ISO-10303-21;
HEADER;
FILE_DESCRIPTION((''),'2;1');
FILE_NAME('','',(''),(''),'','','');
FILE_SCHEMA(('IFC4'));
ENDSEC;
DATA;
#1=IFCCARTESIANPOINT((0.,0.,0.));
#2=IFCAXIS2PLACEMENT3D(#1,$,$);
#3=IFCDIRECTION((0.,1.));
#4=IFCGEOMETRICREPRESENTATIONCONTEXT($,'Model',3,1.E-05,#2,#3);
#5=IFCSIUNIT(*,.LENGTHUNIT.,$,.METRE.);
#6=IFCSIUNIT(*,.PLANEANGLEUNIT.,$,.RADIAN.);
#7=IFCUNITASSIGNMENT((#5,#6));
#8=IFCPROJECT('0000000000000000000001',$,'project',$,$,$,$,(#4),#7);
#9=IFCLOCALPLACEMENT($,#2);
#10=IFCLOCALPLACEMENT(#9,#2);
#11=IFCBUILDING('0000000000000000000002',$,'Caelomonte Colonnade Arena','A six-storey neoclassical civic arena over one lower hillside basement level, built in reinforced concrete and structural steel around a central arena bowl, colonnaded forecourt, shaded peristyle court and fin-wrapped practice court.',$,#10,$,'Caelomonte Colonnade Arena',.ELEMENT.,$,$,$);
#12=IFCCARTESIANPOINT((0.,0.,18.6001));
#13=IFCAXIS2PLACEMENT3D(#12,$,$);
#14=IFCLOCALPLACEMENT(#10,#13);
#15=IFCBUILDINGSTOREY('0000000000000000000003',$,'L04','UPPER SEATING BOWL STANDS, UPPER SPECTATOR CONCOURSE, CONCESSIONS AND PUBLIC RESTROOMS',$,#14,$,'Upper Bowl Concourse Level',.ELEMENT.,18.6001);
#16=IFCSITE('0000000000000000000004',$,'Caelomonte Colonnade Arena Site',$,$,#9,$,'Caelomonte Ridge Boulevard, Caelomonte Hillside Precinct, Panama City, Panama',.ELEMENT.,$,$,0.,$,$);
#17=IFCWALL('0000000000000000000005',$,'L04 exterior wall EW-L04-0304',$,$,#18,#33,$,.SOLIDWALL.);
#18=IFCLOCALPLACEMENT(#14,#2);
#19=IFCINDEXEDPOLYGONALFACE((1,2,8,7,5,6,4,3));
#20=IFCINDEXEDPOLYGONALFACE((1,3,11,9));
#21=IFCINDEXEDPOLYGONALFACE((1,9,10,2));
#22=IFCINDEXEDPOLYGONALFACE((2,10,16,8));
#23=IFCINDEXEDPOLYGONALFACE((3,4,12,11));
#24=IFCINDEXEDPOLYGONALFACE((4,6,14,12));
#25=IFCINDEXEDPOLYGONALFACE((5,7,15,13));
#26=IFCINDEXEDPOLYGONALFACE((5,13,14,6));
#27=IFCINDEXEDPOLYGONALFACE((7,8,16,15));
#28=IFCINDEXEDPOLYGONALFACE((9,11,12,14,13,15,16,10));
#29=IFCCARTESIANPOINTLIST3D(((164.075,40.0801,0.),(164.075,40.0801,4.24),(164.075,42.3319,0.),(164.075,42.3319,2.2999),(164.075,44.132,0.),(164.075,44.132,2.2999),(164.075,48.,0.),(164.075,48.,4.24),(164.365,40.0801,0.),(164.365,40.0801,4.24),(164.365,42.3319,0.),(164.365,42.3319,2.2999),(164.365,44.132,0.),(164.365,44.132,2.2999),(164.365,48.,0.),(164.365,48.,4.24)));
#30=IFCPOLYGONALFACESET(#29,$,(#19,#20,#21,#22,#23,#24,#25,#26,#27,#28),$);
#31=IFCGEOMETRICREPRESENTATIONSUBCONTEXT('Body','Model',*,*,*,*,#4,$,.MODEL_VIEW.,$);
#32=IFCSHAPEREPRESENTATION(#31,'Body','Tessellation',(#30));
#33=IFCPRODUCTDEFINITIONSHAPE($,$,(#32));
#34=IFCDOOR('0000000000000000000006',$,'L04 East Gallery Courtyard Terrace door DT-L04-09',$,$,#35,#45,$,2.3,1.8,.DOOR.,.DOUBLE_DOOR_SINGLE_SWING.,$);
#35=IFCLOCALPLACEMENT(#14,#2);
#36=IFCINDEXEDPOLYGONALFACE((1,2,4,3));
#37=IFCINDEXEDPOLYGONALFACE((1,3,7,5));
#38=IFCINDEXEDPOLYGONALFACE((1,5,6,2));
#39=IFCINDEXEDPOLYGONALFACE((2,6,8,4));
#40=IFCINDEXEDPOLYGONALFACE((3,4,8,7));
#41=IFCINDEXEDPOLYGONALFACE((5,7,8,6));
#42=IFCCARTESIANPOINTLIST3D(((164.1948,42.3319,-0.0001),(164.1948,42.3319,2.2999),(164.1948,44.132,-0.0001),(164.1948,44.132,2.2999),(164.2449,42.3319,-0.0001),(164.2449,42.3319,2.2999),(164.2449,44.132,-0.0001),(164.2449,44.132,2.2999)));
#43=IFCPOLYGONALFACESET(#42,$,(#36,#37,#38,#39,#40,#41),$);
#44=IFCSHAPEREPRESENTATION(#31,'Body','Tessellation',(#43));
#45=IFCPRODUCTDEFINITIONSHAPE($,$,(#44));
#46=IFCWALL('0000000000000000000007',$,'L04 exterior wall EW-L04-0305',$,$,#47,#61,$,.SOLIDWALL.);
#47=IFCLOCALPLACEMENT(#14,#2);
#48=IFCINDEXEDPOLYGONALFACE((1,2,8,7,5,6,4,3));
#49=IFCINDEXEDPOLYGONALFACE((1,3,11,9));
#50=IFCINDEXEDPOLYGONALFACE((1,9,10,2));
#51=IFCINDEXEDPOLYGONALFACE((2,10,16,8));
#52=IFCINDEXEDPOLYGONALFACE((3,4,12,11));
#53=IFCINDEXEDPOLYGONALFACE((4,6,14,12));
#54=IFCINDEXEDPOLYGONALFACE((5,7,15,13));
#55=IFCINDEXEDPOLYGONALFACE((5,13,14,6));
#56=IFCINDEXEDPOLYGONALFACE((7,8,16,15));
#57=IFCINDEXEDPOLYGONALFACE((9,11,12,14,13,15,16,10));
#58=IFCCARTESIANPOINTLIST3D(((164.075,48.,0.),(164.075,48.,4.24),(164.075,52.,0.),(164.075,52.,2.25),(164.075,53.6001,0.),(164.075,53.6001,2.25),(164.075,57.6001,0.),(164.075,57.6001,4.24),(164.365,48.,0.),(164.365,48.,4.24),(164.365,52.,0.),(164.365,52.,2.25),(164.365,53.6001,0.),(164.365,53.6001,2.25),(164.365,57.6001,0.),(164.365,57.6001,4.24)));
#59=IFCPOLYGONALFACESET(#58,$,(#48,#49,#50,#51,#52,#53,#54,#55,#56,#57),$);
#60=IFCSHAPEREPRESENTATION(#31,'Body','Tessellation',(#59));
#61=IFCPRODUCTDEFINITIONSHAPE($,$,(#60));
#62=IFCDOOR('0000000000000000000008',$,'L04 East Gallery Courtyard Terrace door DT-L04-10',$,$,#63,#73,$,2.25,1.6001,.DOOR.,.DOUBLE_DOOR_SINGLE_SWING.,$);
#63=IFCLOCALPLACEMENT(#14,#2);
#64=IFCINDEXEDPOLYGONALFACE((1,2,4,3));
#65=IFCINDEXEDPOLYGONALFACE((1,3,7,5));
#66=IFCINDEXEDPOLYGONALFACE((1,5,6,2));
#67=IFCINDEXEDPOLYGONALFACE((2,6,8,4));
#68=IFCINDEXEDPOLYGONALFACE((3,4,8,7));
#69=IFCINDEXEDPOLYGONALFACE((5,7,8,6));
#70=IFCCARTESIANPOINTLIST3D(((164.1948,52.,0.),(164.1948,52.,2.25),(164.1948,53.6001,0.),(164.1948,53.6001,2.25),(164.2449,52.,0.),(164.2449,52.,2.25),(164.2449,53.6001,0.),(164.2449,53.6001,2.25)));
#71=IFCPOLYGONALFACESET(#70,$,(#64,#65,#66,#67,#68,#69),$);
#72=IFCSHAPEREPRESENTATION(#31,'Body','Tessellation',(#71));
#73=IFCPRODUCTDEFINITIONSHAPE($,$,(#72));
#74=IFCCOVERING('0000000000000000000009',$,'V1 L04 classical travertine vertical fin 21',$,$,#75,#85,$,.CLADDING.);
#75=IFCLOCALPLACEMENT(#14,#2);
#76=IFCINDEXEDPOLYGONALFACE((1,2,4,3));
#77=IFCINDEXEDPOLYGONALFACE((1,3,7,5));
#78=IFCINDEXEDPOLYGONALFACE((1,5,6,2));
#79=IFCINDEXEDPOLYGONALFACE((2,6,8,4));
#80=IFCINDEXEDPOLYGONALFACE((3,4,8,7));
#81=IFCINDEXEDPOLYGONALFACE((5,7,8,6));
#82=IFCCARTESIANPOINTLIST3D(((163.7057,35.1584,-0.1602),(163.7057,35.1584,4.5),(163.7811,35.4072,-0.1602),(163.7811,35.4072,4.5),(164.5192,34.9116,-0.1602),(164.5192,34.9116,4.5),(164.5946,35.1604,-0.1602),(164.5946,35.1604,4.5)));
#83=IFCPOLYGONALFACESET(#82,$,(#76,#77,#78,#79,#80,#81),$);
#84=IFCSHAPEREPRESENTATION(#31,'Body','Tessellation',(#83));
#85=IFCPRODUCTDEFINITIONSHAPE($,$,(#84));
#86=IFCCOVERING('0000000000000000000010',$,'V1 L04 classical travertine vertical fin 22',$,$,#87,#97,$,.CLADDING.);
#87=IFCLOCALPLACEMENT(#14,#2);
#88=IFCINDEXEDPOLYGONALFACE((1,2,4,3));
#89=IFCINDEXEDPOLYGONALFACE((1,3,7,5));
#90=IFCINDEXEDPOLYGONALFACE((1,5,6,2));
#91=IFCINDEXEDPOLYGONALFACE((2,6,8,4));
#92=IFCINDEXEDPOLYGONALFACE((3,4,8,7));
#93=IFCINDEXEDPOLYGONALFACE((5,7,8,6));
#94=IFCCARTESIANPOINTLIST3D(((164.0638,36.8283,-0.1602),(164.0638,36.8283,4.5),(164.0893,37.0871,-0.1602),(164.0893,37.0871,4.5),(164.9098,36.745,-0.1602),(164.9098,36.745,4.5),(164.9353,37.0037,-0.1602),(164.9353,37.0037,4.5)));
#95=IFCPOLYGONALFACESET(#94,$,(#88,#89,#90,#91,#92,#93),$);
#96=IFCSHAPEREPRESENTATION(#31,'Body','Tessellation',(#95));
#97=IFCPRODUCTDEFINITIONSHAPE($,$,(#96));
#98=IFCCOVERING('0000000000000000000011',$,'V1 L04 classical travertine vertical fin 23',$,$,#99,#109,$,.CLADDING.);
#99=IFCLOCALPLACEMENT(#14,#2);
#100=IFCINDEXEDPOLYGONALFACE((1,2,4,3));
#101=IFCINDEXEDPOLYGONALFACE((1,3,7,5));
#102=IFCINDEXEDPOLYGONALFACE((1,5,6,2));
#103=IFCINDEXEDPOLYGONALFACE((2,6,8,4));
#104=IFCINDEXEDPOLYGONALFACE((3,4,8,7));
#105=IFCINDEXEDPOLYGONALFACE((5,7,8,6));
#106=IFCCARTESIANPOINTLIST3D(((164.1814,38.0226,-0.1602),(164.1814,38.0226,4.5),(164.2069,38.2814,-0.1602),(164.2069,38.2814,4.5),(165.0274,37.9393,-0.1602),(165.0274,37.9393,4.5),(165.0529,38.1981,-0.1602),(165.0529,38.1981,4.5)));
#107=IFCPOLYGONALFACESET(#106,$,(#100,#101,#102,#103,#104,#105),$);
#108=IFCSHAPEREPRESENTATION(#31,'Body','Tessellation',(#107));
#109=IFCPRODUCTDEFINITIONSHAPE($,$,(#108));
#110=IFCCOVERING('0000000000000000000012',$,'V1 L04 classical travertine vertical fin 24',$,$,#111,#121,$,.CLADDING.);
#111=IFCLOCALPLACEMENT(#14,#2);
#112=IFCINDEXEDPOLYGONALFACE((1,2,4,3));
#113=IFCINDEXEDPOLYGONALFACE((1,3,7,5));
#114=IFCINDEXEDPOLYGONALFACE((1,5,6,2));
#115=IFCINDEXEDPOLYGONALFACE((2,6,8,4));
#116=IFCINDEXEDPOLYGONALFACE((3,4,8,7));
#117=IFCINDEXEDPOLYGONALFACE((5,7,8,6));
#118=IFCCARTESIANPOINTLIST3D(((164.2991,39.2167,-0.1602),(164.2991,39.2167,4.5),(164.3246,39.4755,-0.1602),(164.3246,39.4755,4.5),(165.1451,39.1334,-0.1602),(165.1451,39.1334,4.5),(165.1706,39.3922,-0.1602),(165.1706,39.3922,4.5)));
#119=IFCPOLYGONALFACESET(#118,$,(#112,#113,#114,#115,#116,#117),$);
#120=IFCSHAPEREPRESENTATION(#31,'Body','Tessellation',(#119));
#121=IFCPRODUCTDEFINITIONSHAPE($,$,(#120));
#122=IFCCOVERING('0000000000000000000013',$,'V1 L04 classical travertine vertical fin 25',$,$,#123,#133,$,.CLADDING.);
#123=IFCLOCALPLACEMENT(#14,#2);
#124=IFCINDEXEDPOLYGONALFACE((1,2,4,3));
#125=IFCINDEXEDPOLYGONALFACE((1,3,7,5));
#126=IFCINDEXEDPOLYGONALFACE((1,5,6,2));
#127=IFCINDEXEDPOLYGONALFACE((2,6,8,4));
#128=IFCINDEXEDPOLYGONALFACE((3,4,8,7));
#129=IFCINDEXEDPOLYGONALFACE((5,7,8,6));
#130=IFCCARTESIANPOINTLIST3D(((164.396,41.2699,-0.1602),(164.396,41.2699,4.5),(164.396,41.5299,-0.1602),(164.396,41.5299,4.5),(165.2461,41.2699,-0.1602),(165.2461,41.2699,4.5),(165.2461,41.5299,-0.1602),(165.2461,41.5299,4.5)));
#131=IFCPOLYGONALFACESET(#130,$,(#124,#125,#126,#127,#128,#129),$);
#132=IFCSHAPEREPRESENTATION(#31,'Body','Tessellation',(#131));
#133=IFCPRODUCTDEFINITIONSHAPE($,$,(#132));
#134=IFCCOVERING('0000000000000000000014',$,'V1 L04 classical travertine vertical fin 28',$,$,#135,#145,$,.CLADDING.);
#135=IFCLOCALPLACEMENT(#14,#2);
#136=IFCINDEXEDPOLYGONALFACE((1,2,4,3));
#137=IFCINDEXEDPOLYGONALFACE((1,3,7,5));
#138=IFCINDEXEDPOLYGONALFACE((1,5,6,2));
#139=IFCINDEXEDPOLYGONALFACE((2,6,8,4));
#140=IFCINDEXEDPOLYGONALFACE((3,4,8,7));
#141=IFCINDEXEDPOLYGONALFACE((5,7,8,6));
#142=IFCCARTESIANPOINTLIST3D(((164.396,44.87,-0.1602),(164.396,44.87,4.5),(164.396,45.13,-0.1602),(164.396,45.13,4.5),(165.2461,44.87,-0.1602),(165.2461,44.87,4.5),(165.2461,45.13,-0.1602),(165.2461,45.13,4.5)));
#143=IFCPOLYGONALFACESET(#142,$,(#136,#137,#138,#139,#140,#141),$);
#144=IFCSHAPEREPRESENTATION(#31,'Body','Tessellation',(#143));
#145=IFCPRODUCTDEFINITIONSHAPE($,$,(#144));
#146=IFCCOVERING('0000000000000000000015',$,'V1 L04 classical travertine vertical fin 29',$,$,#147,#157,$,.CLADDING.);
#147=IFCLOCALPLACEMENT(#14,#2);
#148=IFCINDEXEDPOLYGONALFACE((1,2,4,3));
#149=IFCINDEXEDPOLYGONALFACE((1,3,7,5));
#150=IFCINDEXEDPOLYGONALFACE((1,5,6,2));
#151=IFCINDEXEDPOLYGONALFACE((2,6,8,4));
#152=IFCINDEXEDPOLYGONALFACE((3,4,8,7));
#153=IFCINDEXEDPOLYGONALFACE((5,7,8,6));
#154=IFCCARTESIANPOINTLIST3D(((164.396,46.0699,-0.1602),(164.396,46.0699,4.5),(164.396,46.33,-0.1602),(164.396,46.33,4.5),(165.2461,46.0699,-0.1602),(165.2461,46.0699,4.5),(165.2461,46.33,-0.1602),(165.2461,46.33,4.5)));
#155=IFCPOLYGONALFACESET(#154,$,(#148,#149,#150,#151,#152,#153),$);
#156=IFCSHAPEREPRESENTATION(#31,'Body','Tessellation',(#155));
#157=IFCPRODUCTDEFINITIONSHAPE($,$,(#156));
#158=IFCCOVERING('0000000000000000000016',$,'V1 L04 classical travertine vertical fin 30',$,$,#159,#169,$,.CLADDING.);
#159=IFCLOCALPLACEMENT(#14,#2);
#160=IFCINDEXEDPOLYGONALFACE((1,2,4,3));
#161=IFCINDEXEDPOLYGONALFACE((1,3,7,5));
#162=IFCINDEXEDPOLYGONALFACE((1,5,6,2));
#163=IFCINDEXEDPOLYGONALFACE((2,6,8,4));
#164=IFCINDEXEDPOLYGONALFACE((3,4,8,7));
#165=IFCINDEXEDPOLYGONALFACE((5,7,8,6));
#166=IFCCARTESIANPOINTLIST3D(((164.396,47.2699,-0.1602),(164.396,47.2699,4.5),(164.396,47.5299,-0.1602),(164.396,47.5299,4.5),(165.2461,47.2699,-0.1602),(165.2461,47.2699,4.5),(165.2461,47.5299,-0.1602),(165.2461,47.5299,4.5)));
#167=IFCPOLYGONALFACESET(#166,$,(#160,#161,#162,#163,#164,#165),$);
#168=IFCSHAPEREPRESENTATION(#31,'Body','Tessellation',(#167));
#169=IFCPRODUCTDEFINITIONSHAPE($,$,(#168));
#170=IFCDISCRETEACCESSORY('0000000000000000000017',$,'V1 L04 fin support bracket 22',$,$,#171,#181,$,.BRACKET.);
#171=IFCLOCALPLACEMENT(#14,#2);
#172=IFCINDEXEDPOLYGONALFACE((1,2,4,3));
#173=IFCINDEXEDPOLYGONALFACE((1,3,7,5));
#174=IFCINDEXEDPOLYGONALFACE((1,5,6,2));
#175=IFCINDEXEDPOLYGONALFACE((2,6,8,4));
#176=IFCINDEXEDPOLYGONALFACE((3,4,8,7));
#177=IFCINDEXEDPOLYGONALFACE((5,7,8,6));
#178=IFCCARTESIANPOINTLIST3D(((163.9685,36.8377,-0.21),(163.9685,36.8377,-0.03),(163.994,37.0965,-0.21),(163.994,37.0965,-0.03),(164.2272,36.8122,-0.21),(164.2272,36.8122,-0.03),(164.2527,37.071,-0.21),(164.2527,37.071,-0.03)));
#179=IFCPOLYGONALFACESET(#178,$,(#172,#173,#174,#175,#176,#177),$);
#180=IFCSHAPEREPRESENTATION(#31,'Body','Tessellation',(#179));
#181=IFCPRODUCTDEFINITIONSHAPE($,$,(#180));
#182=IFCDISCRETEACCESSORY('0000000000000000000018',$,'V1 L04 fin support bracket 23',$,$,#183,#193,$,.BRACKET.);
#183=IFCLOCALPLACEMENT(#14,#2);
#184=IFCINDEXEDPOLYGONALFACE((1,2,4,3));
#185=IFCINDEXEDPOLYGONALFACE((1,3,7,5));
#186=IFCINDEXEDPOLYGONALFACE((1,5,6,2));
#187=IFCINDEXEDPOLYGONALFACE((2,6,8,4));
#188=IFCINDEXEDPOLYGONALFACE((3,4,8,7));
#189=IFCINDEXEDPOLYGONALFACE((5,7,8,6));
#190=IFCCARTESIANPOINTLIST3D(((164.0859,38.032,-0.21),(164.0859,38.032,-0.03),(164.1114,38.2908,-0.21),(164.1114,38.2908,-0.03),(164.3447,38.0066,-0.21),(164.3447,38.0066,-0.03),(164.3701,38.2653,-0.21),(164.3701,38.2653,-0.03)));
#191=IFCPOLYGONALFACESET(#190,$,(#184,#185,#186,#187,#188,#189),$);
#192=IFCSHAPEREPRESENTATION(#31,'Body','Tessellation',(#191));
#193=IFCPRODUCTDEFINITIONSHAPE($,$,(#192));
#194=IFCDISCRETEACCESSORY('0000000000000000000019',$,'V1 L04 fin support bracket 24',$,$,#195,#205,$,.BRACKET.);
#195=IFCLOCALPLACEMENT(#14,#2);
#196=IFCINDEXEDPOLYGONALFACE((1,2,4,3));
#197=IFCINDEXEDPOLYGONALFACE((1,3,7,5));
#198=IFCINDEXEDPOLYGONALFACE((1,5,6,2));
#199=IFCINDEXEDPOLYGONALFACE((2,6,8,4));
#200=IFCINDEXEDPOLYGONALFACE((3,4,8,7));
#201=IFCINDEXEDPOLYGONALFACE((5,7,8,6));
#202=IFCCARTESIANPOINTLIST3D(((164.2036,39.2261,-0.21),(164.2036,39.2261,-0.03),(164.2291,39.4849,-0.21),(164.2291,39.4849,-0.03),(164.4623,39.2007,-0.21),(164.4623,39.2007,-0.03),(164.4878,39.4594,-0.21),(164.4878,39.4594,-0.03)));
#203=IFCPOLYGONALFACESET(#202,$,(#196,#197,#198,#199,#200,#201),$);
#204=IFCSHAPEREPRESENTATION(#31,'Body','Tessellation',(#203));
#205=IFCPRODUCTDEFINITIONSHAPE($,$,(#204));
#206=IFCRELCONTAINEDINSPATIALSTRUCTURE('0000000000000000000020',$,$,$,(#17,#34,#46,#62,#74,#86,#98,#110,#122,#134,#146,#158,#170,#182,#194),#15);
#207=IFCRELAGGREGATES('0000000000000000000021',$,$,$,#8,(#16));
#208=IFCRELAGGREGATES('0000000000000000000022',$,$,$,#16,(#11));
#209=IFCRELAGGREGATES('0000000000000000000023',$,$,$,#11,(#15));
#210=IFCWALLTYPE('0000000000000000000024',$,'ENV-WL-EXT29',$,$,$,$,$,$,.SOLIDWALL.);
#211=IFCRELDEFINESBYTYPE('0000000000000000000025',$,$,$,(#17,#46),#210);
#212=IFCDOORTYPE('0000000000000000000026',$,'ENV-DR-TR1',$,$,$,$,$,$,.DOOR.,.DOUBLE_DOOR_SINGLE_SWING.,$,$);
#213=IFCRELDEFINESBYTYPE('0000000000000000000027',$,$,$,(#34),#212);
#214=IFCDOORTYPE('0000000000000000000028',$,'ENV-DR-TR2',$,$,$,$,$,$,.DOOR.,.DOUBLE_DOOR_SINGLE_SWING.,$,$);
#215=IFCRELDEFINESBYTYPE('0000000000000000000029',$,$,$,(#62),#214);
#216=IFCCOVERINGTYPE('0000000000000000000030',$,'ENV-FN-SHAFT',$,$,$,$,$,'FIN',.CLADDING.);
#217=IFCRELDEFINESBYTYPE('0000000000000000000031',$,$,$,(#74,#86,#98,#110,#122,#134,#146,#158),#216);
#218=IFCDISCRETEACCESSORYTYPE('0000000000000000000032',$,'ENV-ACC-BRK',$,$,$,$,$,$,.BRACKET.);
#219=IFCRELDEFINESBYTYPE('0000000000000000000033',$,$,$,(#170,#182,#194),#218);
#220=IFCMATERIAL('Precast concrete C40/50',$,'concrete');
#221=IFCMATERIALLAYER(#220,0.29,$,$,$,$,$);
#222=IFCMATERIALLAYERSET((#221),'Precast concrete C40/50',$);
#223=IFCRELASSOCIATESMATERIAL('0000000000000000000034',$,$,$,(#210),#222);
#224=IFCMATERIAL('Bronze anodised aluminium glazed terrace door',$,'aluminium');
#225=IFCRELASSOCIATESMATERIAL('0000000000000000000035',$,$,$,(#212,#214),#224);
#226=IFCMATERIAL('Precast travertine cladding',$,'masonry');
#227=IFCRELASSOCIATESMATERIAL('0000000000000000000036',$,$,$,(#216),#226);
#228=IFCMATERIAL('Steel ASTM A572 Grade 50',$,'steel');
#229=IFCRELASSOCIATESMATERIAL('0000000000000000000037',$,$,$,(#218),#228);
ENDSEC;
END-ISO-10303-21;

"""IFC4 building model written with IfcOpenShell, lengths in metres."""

from ifc_helpers import new_model, si_unit, direction, frame, frame_2d, origin, origin_2d, place, context, subcontext, project, spatial, rectangle, extrude, material, layer, layer_set, material_profile, profile_set, type_object, element, fill, save


model = new_model("IFC4")

# Units and contexts
model_context = context("Model", 3, precision=1e-05, world=origin(), true_north=direction((0.0, 1.0)))
body_context = subcontext(model_context, "Body", "Model", "MODEL_VIEW")
ifc_project = project(units=[si_unit("LENGTHUNIT", "METRE"), si_unit("PLANEANGLEUNIT", "RADIAN")], contexts=[model_context])

# Site, building, storey
site_placement = place(None, origin())
site = spatial("IfcSite", under=ifc_project, at=site_placement, Name="Caelomonte Colonnade Arena Site", LongName="Caelomonte Ridge Boulevard, Caelomonte Hillside Precinct, Panama City, Panama", CompositionType="ELEMENT", RefElevation=0.0)
building_placement = place(site_placement, origin())
building = spatial("IfcBuilding", under=site, at=building_placement, Name="Caelomonte Colonnade Arena", Description="A six-storey neoclassical civic arena over one lower hillside basement level, built in reinforced concrete and structural steel around a central arena bowl, colonnaded forecourt, shaded peristyle court and fin-wrapped practice court.", LongName="Caelomonte Colonnade Arena", CompositionType="ELEMENT")
storey_placement = place(building_placement, frame((0.0, 0.0, 18.6001)))
storey = spatial("IfcBuildingStorey", under=building, at=storey_placement, Name="L04", Description="UPPER SEATING BOWL STANDS, UPPER SPECTATOR CONCOURSE, CONCESSIONS AND PUBLIC RESTROOMS", LongName="Upper Bowl Concourse Level", CompositionType="ELEMENT", Elevation=18.6001)

# Walls, openings, doors
ifc_material_1 = material(Name="Precast concrete C40/50", Category="concrete")
ifc_layer_1 = layer(ifc_material_1, 0.29)
ifc_layer_set_1 = layer_set([ifc_layer_1], Name="Precast concrete C40/50")
wall_type = type_object("IfcWallType", Name="ENV-WL-EXT29", PredefinedType="SOLIDWALL", material=ifc_layer_set_1)
wall_1_placement = place(storey_placement, frame((164.22, 40.0801, 0.0), z_axis=(0.0, 0.0, 1.0), x_axis=(0.0, 1.0, 0.0)))
wall_1 = element("IfcWall", 1, at=wall_1_placement, inside=storey, type_object=wall_type, Name="L04 exterior wall EW-L04-0304", PredefinedType="SOLIDWALL", context=body_context, shape_type="SweptSolid", body=[
    extrude(rectangle(XDim=7.9199, YDim=0.29, at=frame_2d((3.96, 0.0))), origin(), (0.0, 0.0, 1.0), 4.24),
])
opening_1_placement = place(wall_1_placement, frame((4.0518, 0.0, 0.0), z_axis=(0.0, 0.0, 1.0), x_axis=(-1.0, 0.0, 0.0)))
opening_1 = element("IfcOpeningElement", 2, at=opening_1_placement, cuts=wall_1, PredefinedType="OPENING", context=body_context, shape_type="SweptSolid", body=[
    extrude(rectangle(XDim=1.8, YDim=2.3, at=frame_2d((0.8999, 1.1499))), frame((0.0, 0.155, 0.0), z_axis=(0.0, -1.0, 0.0), x_axis=(1.0, 0.0, 0.0)), (0.0, 0.0, 1.0), 0.3101),
])
ifc_material_2 = material(Name="Bronze anodised aluminium glazed terrace door", Category="aluminium")
door_type_1 = type_object("IfcDoorType", Name="ENV-DR-TR1", OperationType="DOUBLE_DOOR_SINGLE_SWING", PredefinedType="DOOR", material=ifc_material_2)
door_1_placement = place(opening_1_placement, origin())
door_1 = element("IfcDoor", 3, at=door_1_placement, inside=storey, type_object=door_type_1, Name="L04 East Gallery Courtyard Terrace door DT-L04-09", OperationType="DOUBLE_DOOR_SINGLE_SWING", OverallHeight=2.3, OverallWidth=1.8, PredefinedType="DOOR", context=body_context, shape_type="SweptSolid", body=[
    extrude(rectangle(XDim=1.8, YDim=2.3, at=frame_2d((0.8999, 1.1499))), frame((0.0, 0.0249, 0.0), z_axis=(0.0, -1.0, 0.0), x_axis=(1.0, 0.0, 0.0)), (0.0, 0.0, 1.0), 0.05),
])
fill(opening_1, door_1)
wall_2_placement = place(storey_placement, frame((164.22, 48.0, 0.0), z_axis=(0.0, 0.0, 1.0), x_axis=(0.0, 1.0, 0.0)))
wall_2 = element("IfcWall", 4, at=wall_2_placement, inside=storey, type_object=wall_type, Name="L04 exterior wall EW-L04-0305", PredefinedType="SOLIDWALL", context=body_context, shape_type="SweptSolid", body=[
    extrude(rectangle(XDim=9.6001, YDim=0.29, at=frame_2d((4.8, 0.0))), origin(), (0.0, 0.0, 1.0), 4.24),
])
opening_2_placement = place(wall_2_placement, frame((5.6001, 0.0, 0.0), z_axis=(0.0, 0.0, 1.0), x_axis=(-1.0, 0.0, 0.0)))
opening_2 = element("IfcOpeningElement", 5, at=opening_2_placement, cuts=wall_2, PredefinedType="OPENING", context=body_context, shape_type="SweptSolid", body=[
    extrude(rectangle(XDim=1.6001, YDim=2.25, at=frame_2d((0.8, 1.125))), frame((0.0, 0.155, 0.0), z_axis=(0.0, -1.0, 0.0), x_axis=(1.0, 0.0, 0.0)), (0.0, 0.0, 1.0), 0.3101),
])
door_type_2 = type_object("IfcDoorType", Name="ENV-DR-TR2", OperationType="DOUBLE_DOOR_SINGLE_SWING", PredefinedType="DOOR", material=ifc_material_2)
door_2_placement = place(opening_2_placement, origin())
door_2 = element("IfcDoor", 6, at=door_2_placement, inside=storey, type_object=door_type_2, Name="L04 East Gallery Courtyard Terrace door DT-L04-10", OperationType="DOUBLE_DOOR_SINGLE_SWING", OverallHeight=2.25, OverallWidth=1.6001, PredefinedType="DOOR", context=body_context, shape_type="SweptSolid", body=[
    extrude(rectangle(XDim=1.6001, YDim=2.25, at=frame_2d((0.8, 1.125))), frame((0.0, 0.0249, 0.0), z_axis=(0.0, -1.0, 0.0), x_axis=(1.0, 0.0, 0.0)), (0.0, 0.0, 1.0), 0.05),
])
fill(opening_2, door_2)

# Coverings
ifc_material_3 = material(Name="Precast travertine cladding", Category="masonry")
ifc_material_profile_1 = material_profile(ifc_material_3, rectangle(XDim=0.26, YDim=0.8501, at=origin_2d()), Name="FIN260X850")
ifc_profile_set_1 = profile_set([ifc_material_profile_1], Name="Precast travertine cladding")
covering_type = type_object("IfcCoveringType", Name="ENV-FN-SHAFT", ElementType="FIN", PredefinedType="CLADDING", material=ifc_profile_set_1)
for number, where, z_axis, x_axis, name in (
    (7, (164.1501, 35.1594, -0.1602), (0.0, 0.0, 1.0), (-0.290276, -0.956943, 0.0), "V1 L04 classical travertine vertical fin 21"),
    (8, (164.4995, 36.916, -0.1602), (0.0, 0.0, 1.0), (-0.098015, -0.995185, 0.0), "V1 L04 classical travertine vertical fin 22"),
    (9, (164.6172, 38.1104, -0.1602), (0.0, 0.0, 1.0), (-0.098015, -0.995185, 0.0), "V1 L04 classical travertine vertical fin 23"),
    (10, (164.7349, 39.3044, -0.1602), (0.0, 0.0, 1.0), (-0.098015, -0.995185, 0.0), "V1 L04 classical travertine vertical fin 24"),
    (11, (164.821, 41.3999, -0.1602), (0.0, 0.0, 1.0), (0.0, -1.0, 0.0), "V1 L04 classical travertine vertical fin 25"),
    (12, (164.821, 45.0, -0.1602), (0.0, 0.0, 1.0), (0.0, -1.0, 0.0), "V1 L04 classical travertine vertical fin 28"),
    (13, (164.821, 46.2, -0.1602), (0.0, 0.0, 1.0), (0.0, -1.0, 0.0), "V1 L04 classical travertine vertical fin 29"),
    (14, (164.821, 47.3999, -0.1602), (0.0, 0.0, 1.0), (0.0, -1.0, 0.0), "V1 L04 classical travertine vertical fin 30"),
):
    element("IfcCovering", number, at=place(storey_placement, frame(where, z_axis=z_axis, x_axis=x_axis)), inside=storey, type_object=covering_type, Name=name, PredefinedType="CLADDING", context=body_context, shape_type="SweptSolid", body=[
        extrude(rectangle(XDim=0.26, YDim=0.8501, at=origin_2d()), origin(), (0.0, 0.0, 1.0), 4.6602),
    ])

# Discrete accessories
ifc_material_4 = material(Name="Steel ASTM A572 Grade 50", Category="steel")
discrete_accessory_type = type_object("IfcDiscreteAccessoryType", Name="ENV-ACC-BRK", PredefinedType="BRACKET", material=ifc_material_4)
for number, where, z_axis, x_axis, name in (
    (15, (164.1106, 36.9543, -0.21), (0.0, 0.0, 1.0), (0.098015, 0.995185, 0.0), "V1 L04 fin support bracket 22"),
    (16, (164.228, 38.1487, -0.21), (0.0, 0.0, 1.0), (0.098015, 0.995185, 0.0), "V1 L04 fin support bracket 23"),
    (17, (164.3457, 39.3428, -0.21), (0.0, 0.0, 1.0), (0.098015, 0.995185, 0.0), "V1 L04 fin support bracket 24"),
):
    element("IfcDiscreteAccessory", number, at=place(storey_placement, frame(where, z_axis=z_axis, x_axis=x_axis)), inside=storey, type_object=discrete_accessory_type, Name=name, PredefinedType="BRACKET", context=body_context, shape_type="SweptSolid", body=[
        extrude(rectangle(XDim=0.26, YDim=0.26, at=origin_2d()), origin(), (0.0, 0.0, 1.0), 0.1799),
    ])

save(model, "model.ifc")
